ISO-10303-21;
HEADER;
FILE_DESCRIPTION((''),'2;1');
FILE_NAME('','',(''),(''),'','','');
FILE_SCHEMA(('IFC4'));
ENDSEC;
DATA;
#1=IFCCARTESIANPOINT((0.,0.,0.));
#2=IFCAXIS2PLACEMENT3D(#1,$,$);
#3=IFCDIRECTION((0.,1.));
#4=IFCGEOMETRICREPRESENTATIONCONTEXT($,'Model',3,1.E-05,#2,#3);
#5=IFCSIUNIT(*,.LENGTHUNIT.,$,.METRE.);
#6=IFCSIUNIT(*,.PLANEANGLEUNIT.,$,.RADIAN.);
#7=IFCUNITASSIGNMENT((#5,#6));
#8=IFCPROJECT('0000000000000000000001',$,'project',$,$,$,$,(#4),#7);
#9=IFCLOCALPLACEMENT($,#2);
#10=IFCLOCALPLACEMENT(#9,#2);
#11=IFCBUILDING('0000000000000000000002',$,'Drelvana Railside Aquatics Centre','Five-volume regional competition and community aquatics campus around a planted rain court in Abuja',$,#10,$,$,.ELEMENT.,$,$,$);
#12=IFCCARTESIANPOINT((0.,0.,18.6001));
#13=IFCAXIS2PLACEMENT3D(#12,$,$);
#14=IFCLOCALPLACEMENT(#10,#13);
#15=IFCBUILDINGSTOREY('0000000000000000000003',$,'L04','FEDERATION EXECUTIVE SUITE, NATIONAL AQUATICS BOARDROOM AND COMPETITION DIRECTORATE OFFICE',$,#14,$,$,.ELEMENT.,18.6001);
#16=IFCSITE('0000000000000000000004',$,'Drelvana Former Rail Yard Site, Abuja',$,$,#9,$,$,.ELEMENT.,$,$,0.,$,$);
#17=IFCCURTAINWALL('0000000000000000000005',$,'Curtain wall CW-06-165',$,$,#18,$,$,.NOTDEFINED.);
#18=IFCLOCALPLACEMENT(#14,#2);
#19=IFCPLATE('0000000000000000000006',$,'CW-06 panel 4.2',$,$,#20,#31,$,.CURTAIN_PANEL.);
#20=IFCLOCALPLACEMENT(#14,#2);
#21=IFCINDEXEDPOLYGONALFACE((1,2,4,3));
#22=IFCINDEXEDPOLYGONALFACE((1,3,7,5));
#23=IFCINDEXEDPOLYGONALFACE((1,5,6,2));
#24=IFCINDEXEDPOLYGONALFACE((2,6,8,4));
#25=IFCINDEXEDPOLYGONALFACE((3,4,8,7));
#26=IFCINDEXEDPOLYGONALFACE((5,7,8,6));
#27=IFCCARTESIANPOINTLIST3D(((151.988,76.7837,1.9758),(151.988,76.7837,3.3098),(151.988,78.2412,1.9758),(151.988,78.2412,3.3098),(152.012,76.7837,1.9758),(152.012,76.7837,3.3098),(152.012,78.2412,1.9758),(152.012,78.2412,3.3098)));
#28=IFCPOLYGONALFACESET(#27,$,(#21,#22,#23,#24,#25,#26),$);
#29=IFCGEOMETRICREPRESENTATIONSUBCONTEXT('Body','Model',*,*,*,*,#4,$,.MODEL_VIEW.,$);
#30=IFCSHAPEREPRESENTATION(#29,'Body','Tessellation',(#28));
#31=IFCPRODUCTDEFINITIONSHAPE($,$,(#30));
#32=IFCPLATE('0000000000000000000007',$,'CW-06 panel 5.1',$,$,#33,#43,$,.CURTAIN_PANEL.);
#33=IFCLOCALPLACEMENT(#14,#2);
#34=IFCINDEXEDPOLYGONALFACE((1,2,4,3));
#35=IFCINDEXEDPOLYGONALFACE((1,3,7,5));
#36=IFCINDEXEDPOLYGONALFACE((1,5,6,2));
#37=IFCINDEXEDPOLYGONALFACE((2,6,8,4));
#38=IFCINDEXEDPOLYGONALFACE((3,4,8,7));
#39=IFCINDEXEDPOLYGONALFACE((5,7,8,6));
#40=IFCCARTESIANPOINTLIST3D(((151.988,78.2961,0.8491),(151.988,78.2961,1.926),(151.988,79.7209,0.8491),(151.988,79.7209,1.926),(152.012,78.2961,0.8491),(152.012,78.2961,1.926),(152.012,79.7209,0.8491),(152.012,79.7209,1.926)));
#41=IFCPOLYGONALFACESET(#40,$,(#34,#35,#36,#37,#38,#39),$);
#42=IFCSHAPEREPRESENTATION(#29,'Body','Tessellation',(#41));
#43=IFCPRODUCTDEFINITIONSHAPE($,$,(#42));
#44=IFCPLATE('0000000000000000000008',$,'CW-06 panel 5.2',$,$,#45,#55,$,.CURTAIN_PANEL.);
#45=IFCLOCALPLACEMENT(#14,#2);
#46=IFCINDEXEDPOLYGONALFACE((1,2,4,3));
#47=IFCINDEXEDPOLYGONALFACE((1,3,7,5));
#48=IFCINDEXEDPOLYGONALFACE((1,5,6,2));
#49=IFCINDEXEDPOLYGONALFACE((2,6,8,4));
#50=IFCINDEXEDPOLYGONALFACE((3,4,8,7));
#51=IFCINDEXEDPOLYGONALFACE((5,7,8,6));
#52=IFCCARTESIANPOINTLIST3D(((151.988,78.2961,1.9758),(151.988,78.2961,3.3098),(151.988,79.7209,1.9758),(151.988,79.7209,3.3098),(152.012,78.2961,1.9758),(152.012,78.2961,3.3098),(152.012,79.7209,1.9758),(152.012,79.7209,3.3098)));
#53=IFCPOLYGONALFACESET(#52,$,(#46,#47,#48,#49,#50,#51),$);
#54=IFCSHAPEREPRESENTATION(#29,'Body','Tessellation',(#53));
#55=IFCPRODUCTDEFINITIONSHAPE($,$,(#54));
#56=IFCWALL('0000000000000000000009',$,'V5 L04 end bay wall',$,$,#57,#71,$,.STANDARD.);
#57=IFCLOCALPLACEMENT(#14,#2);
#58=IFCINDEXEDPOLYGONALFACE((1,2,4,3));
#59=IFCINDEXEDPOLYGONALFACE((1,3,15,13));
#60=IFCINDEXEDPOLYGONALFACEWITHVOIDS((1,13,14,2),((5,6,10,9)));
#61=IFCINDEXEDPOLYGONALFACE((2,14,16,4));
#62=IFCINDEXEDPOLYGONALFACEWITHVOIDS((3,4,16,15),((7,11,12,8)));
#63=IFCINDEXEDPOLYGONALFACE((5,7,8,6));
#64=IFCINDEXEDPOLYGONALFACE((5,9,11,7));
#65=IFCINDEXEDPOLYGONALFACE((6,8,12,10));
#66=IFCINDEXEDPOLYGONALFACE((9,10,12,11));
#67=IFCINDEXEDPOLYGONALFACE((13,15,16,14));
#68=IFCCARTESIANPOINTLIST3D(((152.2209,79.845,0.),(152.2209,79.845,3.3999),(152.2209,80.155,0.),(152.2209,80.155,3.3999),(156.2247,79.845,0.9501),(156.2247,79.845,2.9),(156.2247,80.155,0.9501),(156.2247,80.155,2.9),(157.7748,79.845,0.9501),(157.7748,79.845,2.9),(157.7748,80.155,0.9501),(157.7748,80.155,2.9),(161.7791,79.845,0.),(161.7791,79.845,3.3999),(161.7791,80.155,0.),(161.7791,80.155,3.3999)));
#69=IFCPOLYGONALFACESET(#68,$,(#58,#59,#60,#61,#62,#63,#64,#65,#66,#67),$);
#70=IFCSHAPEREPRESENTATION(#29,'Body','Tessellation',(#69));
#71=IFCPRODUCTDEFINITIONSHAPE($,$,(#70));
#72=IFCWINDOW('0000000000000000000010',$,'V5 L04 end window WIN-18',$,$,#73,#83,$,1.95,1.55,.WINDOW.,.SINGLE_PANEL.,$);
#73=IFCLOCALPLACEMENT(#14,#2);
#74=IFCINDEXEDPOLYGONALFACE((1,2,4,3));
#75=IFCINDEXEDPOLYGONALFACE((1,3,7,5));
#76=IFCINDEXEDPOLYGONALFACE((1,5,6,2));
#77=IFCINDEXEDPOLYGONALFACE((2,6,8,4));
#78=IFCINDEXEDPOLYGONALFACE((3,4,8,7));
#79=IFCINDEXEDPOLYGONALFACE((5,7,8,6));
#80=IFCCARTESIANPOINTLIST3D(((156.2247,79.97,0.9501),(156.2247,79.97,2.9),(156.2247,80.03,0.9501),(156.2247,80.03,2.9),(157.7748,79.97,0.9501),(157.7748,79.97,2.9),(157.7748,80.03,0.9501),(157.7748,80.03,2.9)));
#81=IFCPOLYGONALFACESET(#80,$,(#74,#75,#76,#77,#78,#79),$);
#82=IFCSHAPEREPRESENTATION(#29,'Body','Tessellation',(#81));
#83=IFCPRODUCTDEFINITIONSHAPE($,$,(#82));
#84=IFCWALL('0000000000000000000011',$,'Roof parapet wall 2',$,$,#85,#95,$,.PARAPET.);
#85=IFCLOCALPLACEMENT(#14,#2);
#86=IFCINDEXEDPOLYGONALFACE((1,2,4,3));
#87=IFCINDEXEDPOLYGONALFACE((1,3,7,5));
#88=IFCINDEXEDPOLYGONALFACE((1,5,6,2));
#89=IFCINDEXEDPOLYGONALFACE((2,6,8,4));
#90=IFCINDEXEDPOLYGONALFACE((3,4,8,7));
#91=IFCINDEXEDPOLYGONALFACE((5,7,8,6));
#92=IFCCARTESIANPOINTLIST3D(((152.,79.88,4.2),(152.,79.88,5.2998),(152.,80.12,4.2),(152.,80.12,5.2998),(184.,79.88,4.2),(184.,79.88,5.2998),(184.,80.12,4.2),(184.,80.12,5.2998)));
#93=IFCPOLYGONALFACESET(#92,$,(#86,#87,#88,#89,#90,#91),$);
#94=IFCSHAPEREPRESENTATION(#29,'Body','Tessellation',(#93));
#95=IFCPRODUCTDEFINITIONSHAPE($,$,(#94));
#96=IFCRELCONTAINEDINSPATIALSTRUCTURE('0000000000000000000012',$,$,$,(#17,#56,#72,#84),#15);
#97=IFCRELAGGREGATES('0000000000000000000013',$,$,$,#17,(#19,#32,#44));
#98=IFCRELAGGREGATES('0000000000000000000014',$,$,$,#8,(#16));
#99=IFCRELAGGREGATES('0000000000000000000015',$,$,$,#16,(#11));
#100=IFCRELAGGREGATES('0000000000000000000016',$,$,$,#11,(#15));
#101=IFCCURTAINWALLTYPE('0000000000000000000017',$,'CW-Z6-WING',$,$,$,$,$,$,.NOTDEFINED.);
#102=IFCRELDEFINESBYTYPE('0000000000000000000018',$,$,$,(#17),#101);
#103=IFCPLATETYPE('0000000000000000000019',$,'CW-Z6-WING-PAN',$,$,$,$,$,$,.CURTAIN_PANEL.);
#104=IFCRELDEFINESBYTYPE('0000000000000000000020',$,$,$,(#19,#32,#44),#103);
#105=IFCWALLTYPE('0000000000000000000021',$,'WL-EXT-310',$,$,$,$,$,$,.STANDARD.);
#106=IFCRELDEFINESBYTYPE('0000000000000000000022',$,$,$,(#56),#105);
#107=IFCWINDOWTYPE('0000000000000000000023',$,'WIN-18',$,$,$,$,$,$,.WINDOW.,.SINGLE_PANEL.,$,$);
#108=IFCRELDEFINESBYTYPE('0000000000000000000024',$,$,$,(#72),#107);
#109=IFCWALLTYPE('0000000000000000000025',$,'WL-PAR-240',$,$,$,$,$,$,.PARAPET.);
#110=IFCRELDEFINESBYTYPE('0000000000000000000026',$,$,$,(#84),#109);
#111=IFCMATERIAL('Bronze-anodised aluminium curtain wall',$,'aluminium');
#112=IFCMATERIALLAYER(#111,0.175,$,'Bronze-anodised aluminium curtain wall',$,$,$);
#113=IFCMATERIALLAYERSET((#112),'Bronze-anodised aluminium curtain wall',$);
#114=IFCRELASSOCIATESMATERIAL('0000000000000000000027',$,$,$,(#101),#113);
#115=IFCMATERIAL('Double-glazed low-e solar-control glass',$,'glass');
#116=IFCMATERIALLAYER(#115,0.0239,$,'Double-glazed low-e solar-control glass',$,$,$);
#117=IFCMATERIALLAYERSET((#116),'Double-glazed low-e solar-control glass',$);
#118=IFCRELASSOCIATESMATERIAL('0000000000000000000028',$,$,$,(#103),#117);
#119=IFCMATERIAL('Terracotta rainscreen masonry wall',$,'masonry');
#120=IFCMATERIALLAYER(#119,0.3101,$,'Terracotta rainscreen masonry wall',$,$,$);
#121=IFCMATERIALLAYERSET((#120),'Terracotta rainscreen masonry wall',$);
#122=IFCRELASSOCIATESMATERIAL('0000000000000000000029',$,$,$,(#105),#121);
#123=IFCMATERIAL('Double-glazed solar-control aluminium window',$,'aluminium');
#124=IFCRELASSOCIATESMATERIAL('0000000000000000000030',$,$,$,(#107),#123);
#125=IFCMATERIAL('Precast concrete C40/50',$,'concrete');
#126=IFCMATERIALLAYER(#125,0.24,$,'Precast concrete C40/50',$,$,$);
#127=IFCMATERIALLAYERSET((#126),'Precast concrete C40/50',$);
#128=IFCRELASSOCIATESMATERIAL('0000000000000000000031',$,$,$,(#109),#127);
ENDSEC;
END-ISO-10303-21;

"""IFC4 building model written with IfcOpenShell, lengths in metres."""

from ifc_helpers import new_model, si_unit, direction, frame, frame_2d, origin, origin_2d, place, context, subcontext, project, spatial, rectangle, extrude, material, layer, layer_set, type_object, element, fill, aggregate, save


model = new_model("IFC4")

# Units and contexts
model_context = context("Model", 3, precision=1e-05, world=origin(), true_north=direction((0.0, 1.0)))
body_context = subcontext(model_context, "Body", "Model", "MODEL_VIEW")
ifc_project = project(units=[si_unit("LENGTHUNIT", "METRE"), si_unit("PLANEANGLEUNIT", "RADIAN")], contexts=[model_context])

# Site, building, storey
site_placement = place(None, origin())
site = spatial("IfcSite", under=ifc_project, at=site_placement, Name="Drelvana Former Rail Yard Site, Abuja", CompositionType="ELEMENT", RefElevation=0.0)
building_placement = place(site_placement, origin())
building = spatial("IfcBuilding", under=site, at=building_placement, Name="Drelvana Railside Aquatics Centre", Description="Five-volume regional competition and community aquatics campus around a planted rain court in Abuja", CompositionType="ELEMENT")
storey_placement = place(building_placement, frame((0.0, 0.0, 18.6001)))
storey = spatial("IfcBuildingStorey", under=building, at=storey_placement, Name="L04", Description="FEDERATION EXECUTIVE SUITE, NATIONAL AQUATICS BOARDROOM AND COMPETITION DIRECTORATE OFFICE", CompositionType="ELEMENT", Elevation=18.6001)

# Curtain wall
ifc_material_1 = material(Name="Bronze-anodised aluminium curtain wall", Category="aluminium")
ifc_layer_1 = layer(ifc_material_1, 0.175, Name="Bronze-anodised aluminium curtain wall")
ifc_layer_set_1 = layer_set([ifc_layer_1], Name="Bronze-anodised aluminium curtain wall")
curtain_wall_type = type_object("IfcCurtainWallType", Name="CW-Z6-WING", PredefinedType="NOTDEFINED", material=ifc_layer_set_1)
curtain_wall_placement = place(storey_placement, origin())
curtain_wall = element("IfcCurtainWall", 1, at=curtain_wall_placement, inside=storey, type_object=curtain_wall_type, Name="Curtain wall CW-06-165", PredefinedType="NOTDEFINED")

# Plates
ifc_material_2 = material(Name="Double-glazed low-e solar-control glass", Category="glass")
ifc_layer_2 = layer(ifc_material_2, 0.0239, Name="Double-glazed low-e solar-control glass")
ifc_layer_set_2 = layer_set([ifc_layer_2], Name="Double-glazed low-e solar-control glass")
plate_type = type_object("IfcPlateType", Name="CW-Z6-WING-PAN", PredefinedType="CURTAIN_PANEL", material=ifc_layer_set_2)
plate_1_placement = place(storey_placement, frame((152.0, 77.5125, 1.9758), z_axis=(0.0, 0.0, 1.0), x_axis=(0.0, 1.0, 0.0)))
plate_1 = element("IfcPlate", 2, at=plate_1_placement, type_object=plate_type, Name="CW-06 panel 4.2", PredefinedType="CURTAIN_PANEL", context=body_context, shape_type="SweptSolid", body=[
    extrude(rectangle(XDim=1.4575, YDim=0.0239, at=origin_2d()), origin(), (0.0, 0.0, 1.0), 1.334),
])
plate_2_placement = place(storey_placement, frame((152.0, 79.0085, 0.8491), z_axis=(0.0, 0.0, 1.0), x_axis=(0.0, 1.0, 0.0)))
plate_2 = element("IfcPlate", 3, at=plate_2_placement, type_object=plate_type, Name="CW-06 panel 5.1", PredefinedType="CURTAIN_PANEL", context=body_context, shape_type="SweptSolid", body=[
    extrude(rectangle(XDim=1.4248, YDim=0.0239, at=origin_2d()), origin(), (0.0, 0.0, 1.0), 1.0769),
])
plate_3_placement = place(storey_placement, frame((152.0, 79.0085, 1.9758), z_axis=(0.0, 0.0, 1.0), x_axis=(0.0, 1.0, 0.0)))
plate_3 = element("IfcPlate", 4, at=plate_3_placement, type_object=plate_type, Name="CW-06 panel 5.2", PredefinedType="CURTAIN_PANEL", context=body_context, shape_type="SweptSolid", body=[
    extrude(rectangle(XDim=1.4248, YDim=0.0239, at=origin_2d()), origin(), (0.0, 0.0, 1.0), 1.334),
])
aggregate(curtain_wall, [plate_1, plate_2, plate_3])

# Wall, opening, window
ifc_material_3 = material(Name="Terracotta rainscreen masonry wall", Category="masonry")
ifc_layer_3 = layer(ifc_material_3, 0.3101, Name="Terracotta rainscreen masonry wall")
ifc_layer_set_3 = layer_set([ifc_layer_3], Name="Terracotta rainscreen masonry wall")
wall_type_1 = type_object("IfcWallType", Name="WL-EXT-310", PredefinedType="STANDARD", material=ifc_layer_set_3)
wall_1_placement = place(storey_placement, frame((152.2209, 80.0, 0.0), z_axis=(0.0, 0.0, 1.0), x_axis=(1.0, 0.0, 0.0)))
wall_1 = element("IfcWall", 5, at=wall_1_placement, inside=storey, type_object=wall_type_1, Name="V5 L04 end bay wall", PredefinedType="STANDARD", context=body_context, shape_type="SweptSolid", body=[
    extrude(rectangle(XDim=9.5581, YDim=0.3101, at=frame_2d((4.7791, 0.0))), origin(), (0.0, 0.0, 1.0), 3.3999),
])
opening_placement = place(wall_1_placement, frame((4.0039, 0.0, 0.95)))
opening = element("IfcOpeningElement", 6, at=opening_placement, cuts=wall_1, PredefinedType="OPENING", context=body_context, shape_type="SweptSolid", body=[
    extrude(rectangle(XDim=1.55, YDim=1.95, at=frame_2d((0.7749, 0.9751))), frame((0.0, 0.165, 0.0), z_axis=(0.0, -1.0, 0.0), x_axis=(1.0, 0.0, 0.0)), (0.0, 0.0, 1.0), 0.3301),
])
ifc_material_4 = material(Name="Double-glazed solar-control aluminium window", Category="aluminium")
window_type = type_object("IfcWindowType", Name="WIN-18", PartitioningType="SINGLE_PANEL", PredefinedType="WINDOW", material=ifc_material_4)
window_placement = place(opening_placement, origin())
window = element("IfcWindow", 7, at=window_placement, inside=storey, type_object=window_type, Name="V5 L04 end window WIN-18", OverallHeight=1.95, OverallWidth=1.55, PartitioningType="SINGLE_PANEL", PredefinedType="WINDOW", context=body_context, shape_type="SweptSolid", body=[
    extrude(rectangle(XDim=1.55, YDim=1.95, at=frame_2d((0.7749, 0.9751))), frame((0.0, 0.03, 0.0), z_axis=(0.0, -1.0, 0.0), x_axis=(1.0, 0.0, 0.0)), (0.0, 0.0, 1.0), 0.0601),
])
fill(opening, window)

# Wall
ifc_material_5 = material(Name="Precast concrete C40/50", Category="concrete")
ifc_layer_4 = layer(ifc_material_5, 0.24, Name="Precast concrete C40/50")
ifc_layer_set_4 = layer_set([ifc_layer_4], Name="Precast concrete C40/50")
wall_type_2 = type_object("IfcWallType", Name="WL-PAR-240", PredefinedType="PARAPET", material=ifc_layer_set_4)
wall_2_placement = place(storey_placement, frame((152.0, 80.0, 4.2), z_axis=(0.0, 0.0, 1.0), x_axis=(1.0, 0.0, 0.0)))
element("IfcWall", 8, at=wall_2_placement, inside=storey, type_object=wall_type_2, Name="Roof parapet wall 2", PredefinedType="PARAPET", context=body_context, shape_type="SweptSolid", body=[
    extrude(rectangle(XDim=32.0, YDim=0.24, at=frame_2d((16.0, 0.0))), origin(), (0.0, 0.0, 1.0), 1.0999),
])

save(model, "model.ifc")
